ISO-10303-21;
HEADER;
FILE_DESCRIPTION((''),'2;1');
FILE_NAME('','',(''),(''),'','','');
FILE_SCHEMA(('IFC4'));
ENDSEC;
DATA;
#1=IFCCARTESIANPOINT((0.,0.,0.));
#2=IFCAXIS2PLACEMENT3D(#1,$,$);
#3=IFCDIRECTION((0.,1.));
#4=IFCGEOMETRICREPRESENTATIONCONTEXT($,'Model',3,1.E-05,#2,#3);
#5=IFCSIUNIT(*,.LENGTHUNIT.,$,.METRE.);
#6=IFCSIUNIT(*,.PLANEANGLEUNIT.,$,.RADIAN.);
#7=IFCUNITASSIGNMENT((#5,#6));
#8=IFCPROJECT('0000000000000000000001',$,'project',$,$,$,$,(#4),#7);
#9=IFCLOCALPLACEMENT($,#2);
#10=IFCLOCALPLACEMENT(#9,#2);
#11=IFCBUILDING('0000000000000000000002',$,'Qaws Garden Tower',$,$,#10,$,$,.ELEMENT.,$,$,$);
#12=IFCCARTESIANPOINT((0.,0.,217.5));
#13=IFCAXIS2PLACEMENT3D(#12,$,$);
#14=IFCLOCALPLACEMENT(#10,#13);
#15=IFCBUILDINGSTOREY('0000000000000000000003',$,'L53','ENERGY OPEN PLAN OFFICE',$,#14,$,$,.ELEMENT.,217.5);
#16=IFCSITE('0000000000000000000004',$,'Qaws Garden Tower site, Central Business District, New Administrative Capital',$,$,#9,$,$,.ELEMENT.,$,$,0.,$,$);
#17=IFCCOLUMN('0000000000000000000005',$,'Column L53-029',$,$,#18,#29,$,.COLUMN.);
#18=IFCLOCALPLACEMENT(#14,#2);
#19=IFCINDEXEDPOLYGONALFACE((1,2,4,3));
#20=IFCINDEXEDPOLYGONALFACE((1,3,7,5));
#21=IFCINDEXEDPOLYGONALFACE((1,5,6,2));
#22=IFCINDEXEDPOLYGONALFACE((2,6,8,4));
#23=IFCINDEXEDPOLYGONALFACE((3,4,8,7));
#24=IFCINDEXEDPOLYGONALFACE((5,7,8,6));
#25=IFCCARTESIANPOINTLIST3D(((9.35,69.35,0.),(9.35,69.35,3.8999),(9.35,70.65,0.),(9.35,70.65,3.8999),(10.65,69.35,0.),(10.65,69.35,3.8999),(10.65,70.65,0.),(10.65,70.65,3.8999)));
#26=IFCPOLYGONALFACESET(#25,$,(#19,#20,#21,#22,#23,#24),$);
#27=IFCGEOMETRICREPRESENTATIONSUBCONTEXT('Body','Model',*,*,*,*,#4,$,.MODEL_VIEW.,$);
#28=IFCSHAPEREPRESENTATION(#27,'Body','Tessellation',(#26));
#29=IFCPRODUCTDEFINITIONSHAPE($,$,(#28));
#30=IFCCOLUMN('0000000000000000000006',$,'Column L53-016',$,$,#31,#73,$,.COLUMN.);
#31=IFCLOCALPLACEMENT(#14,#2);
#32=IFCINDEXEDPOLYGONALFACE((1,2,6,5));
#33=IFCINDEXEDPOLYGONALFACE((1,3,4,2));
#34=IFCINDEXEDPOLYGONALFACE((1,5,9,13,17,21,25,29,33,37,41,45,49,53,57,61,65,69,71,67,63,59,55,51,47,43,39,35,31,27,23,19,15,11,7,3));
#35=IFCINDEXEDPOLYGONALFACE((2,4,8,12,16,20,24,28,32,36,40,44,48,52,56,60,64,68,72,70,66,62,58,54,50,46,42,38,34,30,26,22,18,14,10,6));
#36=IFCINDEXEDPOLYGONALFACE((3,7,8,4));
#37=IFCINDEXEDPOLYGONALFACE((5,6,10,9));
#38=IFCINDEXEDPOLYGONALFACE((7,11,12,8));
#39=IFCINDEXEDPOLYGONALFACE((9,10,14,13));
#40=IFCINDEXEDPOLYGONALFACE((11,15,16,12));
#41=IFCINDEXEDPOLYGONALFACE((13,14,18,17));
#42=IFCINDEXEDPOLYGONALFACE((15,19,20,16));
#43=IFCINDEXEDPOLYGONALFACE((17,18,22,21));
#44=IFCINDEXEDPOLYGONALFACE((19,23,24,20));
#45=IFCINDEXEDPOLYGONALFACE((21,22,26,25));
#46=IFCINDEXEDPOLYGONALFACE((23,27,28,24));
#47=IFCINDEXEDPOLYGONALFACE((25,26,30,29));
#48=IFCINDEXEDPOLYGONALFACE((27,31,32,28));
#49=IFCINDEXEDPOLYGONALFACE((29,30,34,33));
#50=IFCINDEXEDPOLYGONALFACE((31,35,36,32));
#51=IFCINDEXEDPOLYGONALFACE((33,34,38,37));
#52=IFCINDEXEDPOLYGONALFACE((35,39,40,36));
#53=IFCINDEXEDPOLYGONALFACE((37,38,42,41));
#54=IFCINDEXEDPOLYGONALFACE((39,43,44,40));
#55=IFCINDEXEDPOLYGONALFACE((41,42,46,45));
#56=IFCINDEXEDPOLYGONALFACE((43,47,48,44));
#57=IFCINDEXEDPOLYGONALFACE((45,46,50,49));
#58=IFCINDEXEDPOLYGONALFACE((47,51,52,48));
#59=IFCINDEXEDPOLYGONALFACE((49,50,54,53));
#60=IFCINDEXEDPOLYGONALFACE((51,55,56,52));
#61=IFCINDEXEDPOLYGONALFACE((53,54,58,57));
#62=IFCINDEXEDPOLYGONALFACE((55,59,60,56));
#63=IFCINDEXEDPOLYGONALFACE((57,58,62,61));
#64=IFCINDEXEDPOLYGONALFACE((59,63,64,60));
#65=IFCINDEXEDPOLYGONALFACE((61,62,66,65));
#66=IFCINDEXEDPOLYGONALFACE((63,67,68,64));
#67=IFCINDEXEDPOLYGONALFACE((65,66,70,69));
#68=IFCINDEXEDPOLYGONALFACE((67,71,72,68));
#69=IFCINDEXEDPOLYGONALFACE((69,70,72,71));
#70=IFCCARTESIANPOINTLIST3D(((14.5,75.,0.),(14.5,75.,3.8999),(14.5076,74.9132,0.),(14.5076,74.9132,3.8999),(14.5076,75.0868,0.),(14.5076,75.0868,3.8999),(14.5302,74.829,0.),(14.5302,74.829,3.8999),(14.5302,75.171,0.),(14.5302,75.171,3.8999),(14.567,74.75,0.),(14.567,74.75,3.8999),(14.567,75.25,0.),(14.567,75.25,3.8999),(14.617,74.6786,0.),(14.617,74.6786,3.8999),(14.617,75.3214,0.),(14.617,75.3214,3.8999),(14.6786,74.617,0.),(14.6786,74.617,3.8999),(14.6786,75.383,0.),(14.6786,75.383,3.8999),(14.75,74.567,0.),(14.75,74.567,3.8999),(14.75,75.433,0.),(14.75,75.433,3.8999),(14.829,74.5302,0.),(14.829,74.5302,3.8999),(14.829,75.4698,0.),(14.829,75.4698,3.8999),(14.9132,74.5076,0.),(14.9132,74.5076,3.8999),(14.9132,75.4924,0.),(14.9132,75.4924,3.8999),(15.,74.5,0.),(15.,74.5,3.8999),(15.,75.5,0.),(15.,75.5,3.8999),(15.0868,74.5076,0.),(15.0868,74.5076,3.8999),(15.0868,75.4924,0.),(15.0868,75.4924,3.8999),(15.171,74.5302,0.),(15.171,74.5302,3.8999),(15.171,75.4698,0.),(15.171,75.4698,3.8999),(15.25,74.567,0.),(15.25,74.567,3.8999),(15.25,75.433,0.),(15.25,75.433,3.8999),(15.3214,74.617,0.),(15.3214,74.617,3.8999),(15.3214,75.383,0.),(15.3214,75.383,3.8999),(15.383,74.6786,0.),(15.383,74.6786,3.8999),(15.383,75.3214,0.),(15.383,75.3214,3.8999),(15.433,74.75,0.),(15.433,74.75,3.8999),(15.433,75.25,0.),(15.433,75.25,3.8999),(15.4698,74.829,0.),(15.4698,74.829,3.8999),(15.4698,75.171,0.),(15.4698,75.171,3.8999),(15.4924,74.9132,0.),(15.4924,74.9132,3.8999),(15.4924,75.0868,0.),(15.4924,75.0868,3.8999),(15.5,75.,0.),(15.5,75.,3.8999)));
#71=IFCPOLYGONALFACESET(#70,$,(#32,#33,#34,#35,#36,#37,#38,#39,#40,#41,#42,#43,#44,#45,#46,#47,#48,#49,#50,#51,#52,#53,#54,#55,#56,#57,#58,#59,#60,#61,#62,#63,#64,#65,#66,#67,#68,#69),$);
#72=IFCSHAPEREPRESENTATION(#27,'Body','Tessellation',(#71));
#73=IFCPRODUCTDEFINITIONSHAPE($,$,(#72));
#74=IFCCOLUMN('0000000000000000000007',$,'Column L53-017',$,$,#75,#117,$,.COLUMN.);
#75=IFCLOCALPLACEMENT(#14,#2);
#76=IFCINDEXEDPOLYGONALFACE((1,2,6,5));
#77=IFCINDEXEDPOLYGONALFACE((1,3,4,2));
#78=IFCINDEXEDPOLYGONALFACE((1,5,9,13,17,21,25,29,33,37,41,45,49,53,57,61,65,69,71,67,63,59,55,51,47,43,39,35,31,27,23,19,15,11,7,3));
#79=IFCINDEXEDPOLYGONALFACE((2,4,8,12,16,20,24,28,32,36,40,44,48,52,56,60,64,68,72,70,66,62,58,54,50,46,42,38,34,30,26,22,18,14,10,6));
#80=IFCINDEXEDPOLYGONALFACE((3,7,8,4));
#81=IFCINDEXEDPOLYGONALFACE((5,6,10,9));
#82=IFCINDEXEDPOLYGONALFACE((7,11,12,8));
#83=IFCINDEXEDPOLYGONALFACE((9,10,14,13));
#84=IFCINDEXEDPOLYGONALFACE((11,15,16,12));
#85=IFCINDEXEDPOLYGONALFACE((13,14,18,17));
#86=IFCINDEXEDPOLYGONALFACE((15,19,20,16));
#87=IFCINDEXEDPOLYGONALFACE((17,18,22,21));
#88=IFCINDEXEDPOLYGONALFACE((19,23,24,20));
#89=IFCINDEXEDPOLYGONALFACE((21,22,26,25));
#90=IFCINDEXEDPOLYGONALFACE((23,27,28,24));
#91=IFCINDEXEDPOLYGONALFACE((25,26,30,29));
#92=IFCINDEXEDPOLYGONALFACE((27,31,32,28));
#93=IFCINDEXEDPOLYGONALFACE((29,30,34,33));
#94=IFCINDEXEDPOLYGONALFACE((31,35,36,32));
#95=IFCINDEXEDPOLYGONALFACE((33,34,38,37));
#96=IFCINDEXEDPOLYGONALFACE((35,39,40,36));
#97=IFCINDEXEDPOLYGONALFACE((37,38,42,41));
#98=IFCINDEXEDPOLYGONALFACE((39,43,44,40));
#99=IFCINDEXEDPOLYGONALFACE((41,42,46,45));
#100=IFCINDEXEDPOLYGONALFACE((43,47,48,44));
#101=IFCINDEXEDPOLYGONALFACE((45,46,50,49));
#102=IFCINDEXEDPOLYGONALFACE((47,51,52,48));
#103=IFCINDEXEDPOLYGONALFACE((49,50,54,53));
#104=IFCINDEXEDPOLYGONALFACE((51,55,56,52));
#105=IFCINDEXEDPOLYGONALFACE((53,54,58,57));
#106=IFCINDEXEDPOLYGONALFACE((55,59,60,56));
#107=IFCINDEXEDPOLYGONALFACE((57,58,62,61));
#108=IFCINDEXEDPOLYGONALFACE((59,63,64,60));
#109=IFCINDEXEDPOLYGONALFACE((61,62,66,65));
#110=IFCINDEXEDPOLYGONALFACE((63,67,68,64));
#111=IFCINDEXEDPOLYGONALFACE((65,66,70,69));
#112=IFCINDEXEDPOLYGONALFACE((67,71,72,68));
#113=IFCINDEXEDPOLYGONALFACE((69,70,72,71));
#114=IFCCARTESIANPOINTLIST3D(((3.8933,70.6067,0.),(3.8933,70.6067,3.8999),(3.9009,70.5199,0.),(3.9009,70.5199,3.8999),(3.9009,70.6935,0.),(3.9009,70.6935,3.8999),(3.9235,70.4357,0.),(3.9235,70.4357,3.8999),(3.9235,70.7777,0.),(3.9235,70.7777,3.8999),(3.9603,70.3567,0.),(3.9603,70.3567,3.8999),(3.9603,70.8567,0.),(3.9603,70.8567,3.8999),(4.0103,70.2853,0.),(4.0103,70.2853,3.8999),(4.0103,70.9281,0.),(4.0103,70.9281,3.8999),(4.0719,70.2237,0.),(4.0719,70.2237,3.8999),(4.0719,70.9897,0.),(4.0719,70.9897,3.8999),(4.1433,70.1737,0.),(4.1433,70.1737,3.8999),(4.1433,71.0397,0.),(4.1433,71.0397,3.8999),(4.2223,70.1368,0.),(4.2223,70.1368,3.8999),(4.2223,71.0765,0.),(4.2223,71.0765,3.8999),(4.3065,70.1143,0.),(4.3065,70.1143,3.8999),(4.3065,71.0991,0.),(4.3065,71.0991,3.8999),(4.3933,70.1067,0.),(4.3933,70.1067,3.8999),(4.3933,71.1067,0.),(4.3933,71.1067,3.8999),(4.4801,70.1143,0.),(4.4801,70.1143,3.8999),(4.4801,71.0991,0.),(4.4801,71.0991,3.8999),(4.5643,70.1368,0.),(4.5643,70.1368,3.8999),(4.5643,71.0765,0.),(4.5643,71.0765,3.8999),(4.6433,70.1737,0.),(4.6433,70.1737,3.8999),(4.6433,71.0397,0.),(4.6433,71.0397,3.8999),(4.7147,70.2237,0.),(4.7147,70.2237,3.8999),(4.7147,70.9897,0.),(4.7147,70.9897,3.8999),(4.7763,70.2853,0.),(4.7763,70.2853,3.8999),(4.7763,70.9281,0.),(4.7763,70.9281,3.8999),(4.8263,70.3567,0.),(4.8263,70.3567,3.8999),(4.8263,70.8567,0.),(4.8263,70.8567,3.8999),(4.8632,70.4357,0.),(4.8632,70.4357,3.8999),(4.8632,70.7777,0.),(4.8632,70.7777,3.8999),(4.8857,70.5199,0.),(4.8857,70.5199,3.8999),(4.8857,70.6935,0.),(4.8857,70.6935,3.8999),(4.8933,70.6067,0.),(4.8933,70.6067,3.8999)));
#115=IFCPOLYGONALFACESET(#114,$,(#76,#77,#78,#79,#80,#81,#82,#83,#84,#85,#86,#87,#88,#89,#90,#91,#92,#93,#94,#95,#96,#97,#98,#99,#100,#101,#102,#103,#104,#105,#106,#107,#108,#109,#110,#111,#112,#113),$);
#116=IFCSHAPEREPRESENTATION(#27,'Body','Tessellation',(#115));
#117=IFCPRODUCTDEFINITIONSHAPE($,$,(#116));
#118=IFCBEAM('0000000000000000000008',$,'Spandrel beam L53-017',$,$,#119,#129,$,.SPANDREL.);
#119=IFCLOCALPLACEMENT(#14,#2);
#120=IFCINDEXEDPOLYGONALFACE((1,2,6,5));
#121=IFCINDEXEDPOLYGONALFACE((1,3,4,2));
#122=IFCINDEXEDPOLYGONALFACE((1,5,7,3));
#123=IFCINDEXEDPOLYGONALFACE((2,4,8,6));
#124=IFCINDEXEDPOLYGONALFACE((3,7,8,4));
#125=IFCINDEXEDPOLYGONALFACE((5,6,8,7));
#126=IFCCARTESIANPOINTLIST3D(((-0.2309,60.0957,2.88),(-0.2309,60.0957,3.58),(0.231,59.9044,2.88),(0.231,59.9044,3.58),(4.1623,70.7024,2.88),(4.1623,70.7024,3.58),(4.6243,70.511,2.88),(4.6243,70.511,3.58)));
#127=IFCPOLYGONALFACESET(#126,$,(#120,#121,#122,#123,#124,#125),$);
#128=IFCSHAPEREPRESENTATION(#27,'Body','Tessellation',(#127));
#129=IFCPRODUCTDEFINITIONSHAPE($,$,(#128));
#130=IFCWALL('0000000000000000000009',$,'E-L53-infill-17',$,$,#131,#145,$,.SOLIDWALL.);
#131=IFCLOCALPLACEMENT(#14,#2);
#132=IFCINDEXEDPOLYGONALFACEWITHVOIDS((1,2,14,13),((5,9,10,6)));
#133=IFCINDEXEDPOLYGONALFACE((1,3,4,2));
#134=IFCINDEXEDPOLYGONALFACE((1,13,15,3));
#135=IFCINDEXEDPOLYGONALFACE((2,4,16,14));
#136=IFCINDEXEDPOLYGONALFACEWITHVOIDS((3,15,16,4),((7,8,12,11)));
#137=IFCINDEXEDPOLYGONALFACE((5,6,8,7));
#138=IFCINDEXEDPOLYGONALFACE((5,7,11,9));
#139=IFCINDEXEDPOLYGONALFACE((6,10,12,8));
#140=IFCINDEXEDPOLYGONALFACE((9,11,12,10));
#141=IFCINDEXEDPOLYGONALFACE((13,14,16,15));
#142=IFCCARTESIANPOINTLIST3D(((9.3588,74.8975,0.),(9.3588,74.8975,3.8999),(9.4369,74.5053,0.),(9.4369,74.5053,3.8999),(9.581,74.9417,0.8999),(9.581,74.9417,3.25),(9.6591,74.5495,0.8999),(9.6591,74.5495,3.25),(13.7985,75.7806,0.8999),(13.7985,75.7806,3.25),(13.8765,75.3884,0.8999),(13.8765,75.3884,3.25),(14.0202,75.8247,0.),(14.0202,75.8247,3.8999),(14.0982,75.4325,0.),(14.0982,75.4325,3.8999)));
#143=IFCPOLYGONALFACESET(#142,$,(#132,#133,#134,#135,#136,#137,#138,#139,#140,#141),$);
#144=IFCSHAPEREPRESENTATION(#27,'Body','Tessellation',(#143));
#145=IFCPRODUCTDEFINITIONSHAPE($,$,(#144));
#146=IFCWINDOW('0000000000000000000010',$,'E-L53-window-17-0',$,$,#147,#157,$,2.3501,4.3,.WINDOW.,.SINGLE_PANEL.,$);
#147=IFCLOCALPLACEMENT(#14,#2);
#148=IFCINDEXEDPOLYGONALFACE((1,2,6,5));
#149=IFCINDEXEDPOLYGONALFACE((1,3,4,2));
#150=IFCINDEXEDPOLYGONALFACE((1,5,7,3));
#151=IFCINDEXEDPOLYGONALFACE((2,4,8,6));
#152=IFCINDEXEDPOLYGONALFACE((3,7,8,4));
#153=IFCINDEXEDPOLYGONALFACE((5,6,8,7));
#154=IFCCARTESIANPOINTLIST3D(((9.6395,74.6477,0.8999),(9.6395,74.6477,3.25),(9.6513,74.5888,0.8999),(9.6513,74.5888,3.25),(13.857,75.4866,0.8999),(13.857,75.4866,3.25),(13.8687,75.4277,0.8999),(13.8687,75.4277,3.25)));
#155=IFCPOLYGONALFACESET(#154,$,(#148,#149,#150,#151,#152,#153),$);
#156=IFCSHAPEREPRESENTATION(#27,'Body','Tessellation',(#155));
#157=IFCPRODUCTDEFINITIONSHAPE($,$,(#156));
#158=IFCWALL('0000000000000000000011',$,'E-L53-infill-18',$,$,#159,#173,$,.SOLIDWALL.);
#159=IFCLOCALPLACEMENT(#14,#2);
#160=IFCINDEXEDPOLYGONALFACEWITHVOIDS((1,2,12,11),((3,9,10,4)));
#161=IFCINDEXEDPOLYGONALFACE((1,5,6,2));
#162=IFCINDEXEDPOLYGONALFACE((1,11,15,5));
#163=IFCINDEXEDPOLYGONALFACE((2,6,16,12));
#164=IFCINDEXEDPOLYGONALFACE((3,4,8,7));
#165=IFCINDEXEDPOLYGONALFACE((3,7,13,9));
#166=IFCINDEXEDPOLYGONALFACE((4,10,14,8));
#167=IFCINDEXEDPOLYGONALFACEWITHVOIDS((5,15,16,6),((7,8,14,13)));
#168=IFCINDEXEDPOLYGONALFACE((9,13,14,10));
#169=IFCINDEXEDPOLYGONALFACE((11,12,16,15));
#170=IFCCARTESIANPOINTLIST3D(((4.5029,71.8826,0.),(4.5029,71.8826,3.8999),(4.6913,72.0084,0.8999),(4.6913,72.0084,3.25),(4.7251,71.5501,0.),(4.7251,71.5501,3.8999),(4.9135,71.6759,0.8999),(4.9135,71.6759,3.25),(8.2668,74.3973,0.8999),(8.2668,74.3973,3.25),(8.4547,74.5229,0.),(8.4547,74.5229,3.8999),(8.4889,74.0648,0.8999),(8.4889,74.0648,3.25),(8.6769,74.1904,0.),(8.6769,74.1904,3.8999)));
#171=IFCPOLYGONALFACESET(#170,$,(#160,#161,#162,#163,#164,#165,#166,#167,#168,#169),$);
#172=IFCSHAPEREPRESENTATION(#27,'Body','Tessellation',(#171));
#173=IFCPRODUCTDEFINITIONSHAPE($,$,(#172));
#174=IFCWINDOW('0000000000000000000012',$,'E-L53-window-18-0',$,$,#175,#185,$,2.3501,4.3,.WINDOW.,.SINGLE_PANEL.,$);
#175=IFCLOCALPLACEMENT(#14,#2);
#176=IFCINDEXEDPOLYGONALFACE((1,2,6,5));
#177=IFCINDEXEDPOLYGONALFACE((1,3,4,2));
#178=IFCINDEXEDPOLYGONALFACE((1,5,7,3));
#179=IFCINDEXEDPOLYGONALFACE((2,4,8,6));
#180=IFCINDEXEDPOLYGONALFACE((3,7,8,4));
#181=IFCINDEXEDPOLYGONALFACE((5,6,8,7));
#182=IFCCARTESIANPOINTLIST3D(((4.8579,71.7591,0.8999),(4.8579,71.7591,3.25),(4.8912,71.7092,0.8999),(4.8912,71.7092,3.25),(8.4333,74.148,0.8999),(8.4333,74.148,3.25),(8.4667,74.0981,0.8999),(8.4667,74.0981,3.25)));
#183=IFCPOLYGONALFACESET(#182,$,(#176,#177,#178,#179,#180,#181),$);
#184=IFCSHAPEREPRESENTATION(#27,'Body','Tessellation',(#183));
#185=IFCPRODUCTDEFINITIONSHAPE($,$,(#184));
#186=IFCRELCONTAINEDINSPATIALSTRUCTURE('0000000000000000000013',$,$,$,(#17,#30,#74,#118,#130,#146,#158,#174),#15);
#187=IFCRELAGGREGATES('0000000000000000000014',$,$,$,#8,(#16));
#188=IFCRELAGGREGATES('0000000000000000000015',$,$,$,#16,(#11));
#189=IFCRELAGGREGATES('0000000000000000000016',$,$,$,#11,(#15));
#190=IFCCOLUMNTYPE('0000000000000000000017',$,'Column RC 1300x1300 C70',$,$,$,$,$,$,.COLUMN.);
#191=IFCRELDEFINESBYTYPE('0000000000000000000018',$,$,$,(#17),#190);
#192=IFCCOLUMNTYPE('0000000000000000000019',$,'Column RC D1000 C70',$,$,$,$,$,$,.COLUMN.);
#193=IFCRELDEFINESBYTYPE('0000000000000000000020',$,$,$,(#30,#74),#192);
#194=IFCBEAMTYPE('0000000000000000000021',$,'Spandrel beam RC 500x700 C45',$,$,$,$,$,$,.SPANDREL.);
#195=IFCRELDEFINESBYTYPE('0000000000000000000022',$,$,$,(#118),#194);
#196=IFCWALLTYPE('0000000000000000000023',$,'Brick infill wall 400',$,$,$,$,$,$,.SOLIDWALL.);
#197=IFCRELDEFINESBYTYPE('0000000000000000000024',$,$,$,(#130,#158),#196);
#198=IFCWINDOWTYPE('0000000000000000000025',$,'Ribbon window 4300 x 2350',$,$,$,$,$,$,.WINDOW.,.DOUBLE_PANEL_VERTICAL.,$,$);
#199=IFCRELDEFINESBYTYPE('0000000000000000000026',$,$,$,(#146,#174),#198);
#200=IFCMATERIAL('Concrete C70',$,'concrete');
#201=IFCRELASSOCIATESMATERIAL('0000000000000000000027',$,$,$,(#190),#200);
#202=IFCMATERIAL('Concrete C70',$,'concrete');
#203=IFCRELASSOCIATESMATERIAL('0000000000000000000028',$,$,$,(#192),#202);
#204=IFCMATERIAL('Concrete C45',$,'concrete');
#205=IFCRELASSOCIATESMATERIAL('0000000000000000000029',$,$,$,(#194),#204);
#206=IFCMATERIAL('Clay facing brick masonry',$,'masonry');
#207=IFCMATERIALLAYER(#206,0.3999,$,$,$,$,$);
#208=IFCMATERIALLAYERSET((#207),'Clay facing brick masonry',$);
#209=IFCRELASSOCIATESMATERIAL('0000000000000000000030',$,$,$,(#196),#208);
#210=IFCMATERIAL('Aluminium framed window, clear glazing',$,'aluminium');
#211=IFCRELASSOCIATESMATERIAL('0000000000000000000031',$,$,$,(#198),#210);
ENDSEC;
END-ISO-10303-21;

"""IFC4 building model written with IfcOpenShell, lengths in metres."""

from ifc_helpers import new_model, si_unit, direction, frame, frame_2d, origin, origin_2d, place, context, subcontext, project, spatial, rectangle, circle, extrude, material, layer, layer_set, material_profile, profile_set, type_object, element, fill, save


model = new_model("IFC4")

# Units and contexts
model_context = context("Model", 3, precision=1e-05, world=origin(), true_north=direction((0.0, 1.0)))
body_context = subcontext(model_context, "Body", "Model", "MODEL_VIEW")
ifc_project = project(units=[si_unit("LENGTHUNIT", "METRE"), si_unit("PLANEANGLEUNIT", "RADIAN")], contexts=[model_context])

# Site, building, storey
site_placement = place(None, origin())
site = spatial("IfcSite", under=ifc_project, at=site_placement, Name="Qaws Garden Tower site, Central Business District, New Administrative Capital", CompositionType="ELEMENT", RefElevation=0.0)
building_placement = place(site_placement, origin())
building = spatial("IfcBuilding", under=site, at=building_placement, Name="Qaws Garden Tower", CompositionType="ELEMENT")
storey_placement = place(building_placement, frame((0.0, 0.0, 217.5)))
storey = spatial("IfcBuildingStorey", under=building, at=storey_placement, Name="L53", Description="ENERGY OPEN PLAN OFFICE", CompositionType="ELEMENT", Elevation=217.5)

# Columns
ifc_material_1 = material(Name="Concrete C70", Category="concrete")
ifc_material_profile_1 = material_profile(ifc_material_1, rectangle(XDim=1.3, YDim=1.3, at=origin_2d()), Name="RC 1300x1300")
ifc_profile_set_1 = profile_set([ifc_material_profile_1], Name="Concrete C70")
column_type_1 = type_object("IfcColumnType", Name="Column RC 1300x1300 C70", PredefinedType="COLUMN", material=ifc_profile_set_1)
column_placement = place(storey_placement, frame((10.0, 70.0, 0.0), z_axis=(0.0, 0.0, 1.0), x_axis=(1.0, 0.0, 0.0)))
element("IfcColumn", 1, at=column_placement, inside=storey, type_object=column_type_1, Name="Column L53-029", PredefinedType="COLUMN", context=body_context, shape_type="SweptSolid", body=[
    extrude(rectangle(XDim=1.3, YDim=1.3, at=origin_2d()), origin(), (0.0, 0.0, 1.0), 3.8999),
])
ifc_material_2 = material(Name="Concrete C70", Category="concrete")
ifc_material_profile_2 = material_profile(ifc_material_2, circle(Radius=0.5, at=origin_2d()), Name="RC D1000")
ifc_profile_set_2 = profile_set([ifc_material_profile_2], Name="Concrete C70")
column_type_2 = type_object("IfcColumnType", Name="Column RC D1000 C70", PredefinedType="COLUMN", material=ifc_profile_set_2)
for number, where, z_axis, x_axis, name in (
    (2, (15.0, 75.0, 0.0), (0.0, 0.0, 1.0), (1.0, 0.0, 0.0), "Column L53-016"),
    (3, (4.3933, 70.6067, 0.0), (0.0, 0.0, 1.0), (1.0, 0.0, 0.0), "Column L53-017"),
):
    element("IfcColumn", number, at=place(storey_placement, frame(where, z_axis=z_axis, x_axis=x_axis)), inside=storey, type_object=column_type_2, Name=name, PredefinedType="COLUMN", context=body_context, shape_type="SweptSolid", body=[
        extrude(circle(Radius=0.5, at=origin_2d()), origin(), (0.0, 0.0, 1.0), 3.8999),
    ])

# Beam
ifc_material_3 = material(Name="Concrete C45", Category="concrete")
ifc_material_profile_3 = material_profile(ifc_material_3, rectangle(XDim=0.5, YDim=0.7, at=origin_2d()), Name="RC 500x700")
ifc_profile_set_3 = profile_set([ifc_material_profile_3], Name="Concrete C45")
beam_type = type_object("IfcBeamType", Name="Spandrel beam RC 500x700 C45", PredefinedType="SPANDREL", material=ifc_profile_set_3)
beam_placement = place(storey_placement, frame((4.3933, 70.6067, 3.23), z_axis=(-0.382674, -0.923883, 0.0), x_axis=(0.923883, -0.382674, 0.0)))
element("IfcBeam", 4, at=beam_placement, inside=storey, type_object=beam_type, Name="Spandrel beam L53-017", PredefinedType="SPANDREL", context=body_context, shape_type="SweptSolid", body=[
    extrude(rectangle(XDim=0.5, YDim=0.7, at=origin_2d()), origin(), (0.0, 0.0, 1.0), 11.4805),
])

# Walls, openings, windows
ifc_material_4 = material(Name="Clay facing brick masonry", Category="masonry")
ifc_layer_1 = layer(ifc_material_4, 0.3999)
ifc_layer_set_1 = layer_set([ifc_layer_1], Name="Clay facing brick masonry")
wall_type_1 = type_object("IfcWallType", Name="Brick infill wall 400", PredefinedType="SOLIDWALL", material=ifc_layer_set_1)
wall_1_placement = place(storey_placement, frame((14.0593, 75.6287, 0.0), z_axis=(0.0, 0.0, 1.0), x_axis=(-0.980784, -0.195099, 0.0)))
wall_1 = element("IfcWall", 5, at=wall_1_placement, inside=storey, type_object=wall_type_1, Name="E-L53-infill-17", PredefinedType="SOLIDWALL", context=body_context, shape_type="SweptSolid", body=[
    extrude(rectangle(XDim=4.7527, YDim=0.3999, at=frame_2d((2.3765, 0.0))), origin(), (0.0, 0.0, 1.0), 3.8999),
])
opening_1_placement = place(wall_1_placement, frame((0.2263, 0.0, 0.8999)))
opening_1 = element("IfcOpeningElement", 6, at=opening_1_placement, cuts=wall_1, PredefinedType="OPENING", context=body_context, shape_type="SweptSolid", body=[
    extrude(rectangle(XDim=4.3, YDim=2.3501, at=frame_2d((2.1499, 1.175))), frame((0.0, 0.21, 0.0), z_axis=(0.0, -1.0, 0.0), x_axis=(1.0, 0.0, 0.0)), (0.0, 0.0, 1.0), 0.4199),
])
ifc_material_5 = material(Name="Aluminium framed window, clear glazing", Category="aluminium")
window_type = type_object("IfcWindowType", Name="Ribbon window 4300 x 2350", PartitioningType="DOUBLE_PANEL_VERTICAL", PredefinedType="WINDOW", material=ifc_material_5)
window_1_placement = place(opening_1_placement, origin())
window_1 = element("IfcWindow", 7, at=window_1_placement, inside=storey, type_object=window_type, Name="E-L53-window-17-0", OverallHeight=2.3501, OverallWidth=4.3, PartitioningType="SINGLE_PANEL", PredefinedType="WINDOW", context=body_context, shape_type="SweptSolid", body=[
    extrude(rectangle(XDim=4.3, YDim=2.3501, at=frame_2d((2.1499, 1.175))), frame((0.0, 0.1599, 0.0), z_axis=(0.0, -1.0, 0.0), x_axis=(1.0, 0.0, 0.0)), (0.0, 0.0, 1.0), 0.0601),
])
fill(opening_1, window_1)
wall_2_placement = place(storey_placement, frame((8.5659, 74.3567, 0.0), z_axis=(0.0, 0.0, 1.0), x_axis=(-0.831489, -0.555542, 0.0)))
wall_2 = element("IfcWall", 8, at=wall_2_placement, inside=storey, type_object=wall_type_1, Name="E-L53-infill-18", PredefinedType="SOLIDWALL", context=body_context, shape_type="SweptSolid", body=[
    extrude(rectangle(XDim=4.7527, YDim=0.3999, at=frame_2d((2.3765, 0.0))), origin(), (0.0, 0.0, 1.0), 3.8999),
])
opening_2_placement = place(wall_2_placement, frame((0.2263, 0.0, 0.8999)))
opening_2 = element("IfcOpeningElement", 9, at=opening_2_placement, cuts=wall_2, PredefinedType="OPENING", context=body_context, shape_type="SweptSolid", body=[
    extrude(rectangle(XDim=4.3, YDim=2.3501, at=frame_2d((2.1499, 1.175))), frame((0.0, 0.21, 0.0), z_axis=(0.0, -1.0, 0.0), x_axis=(1.0, 0.0, 0.0)), (0.0, 0.0, 1.0), 0.4199),
])
window_2_placement = place(opening_2_placement, origin())
window_2 = element("IfcWindow", 10, at=window_2_placement, inside=storey, type_object=window_type, Name="E-L53-window-18-0", OverallHeight=2.3501, OverallWidth=4.3, PartitioningType="SINGLE_PANEL", PredefinedType="WINDOW", context=body_context, shape_type="SweptSolid", body=[
    extrude(rectangle(XDim=4.3, YDim=2.3501, at=frame_2d((2.1499, 1.175))), frame((0.0, 0.1599, 0.0), z_axis=(0.0, -1.0, 0.0), x_axis=(1.0, 0.0, 0.0)), (0.0, 0.0, 1.0), 0.0601),
])
fill(opening_2, window_2)

save(model, "model.ifc")
